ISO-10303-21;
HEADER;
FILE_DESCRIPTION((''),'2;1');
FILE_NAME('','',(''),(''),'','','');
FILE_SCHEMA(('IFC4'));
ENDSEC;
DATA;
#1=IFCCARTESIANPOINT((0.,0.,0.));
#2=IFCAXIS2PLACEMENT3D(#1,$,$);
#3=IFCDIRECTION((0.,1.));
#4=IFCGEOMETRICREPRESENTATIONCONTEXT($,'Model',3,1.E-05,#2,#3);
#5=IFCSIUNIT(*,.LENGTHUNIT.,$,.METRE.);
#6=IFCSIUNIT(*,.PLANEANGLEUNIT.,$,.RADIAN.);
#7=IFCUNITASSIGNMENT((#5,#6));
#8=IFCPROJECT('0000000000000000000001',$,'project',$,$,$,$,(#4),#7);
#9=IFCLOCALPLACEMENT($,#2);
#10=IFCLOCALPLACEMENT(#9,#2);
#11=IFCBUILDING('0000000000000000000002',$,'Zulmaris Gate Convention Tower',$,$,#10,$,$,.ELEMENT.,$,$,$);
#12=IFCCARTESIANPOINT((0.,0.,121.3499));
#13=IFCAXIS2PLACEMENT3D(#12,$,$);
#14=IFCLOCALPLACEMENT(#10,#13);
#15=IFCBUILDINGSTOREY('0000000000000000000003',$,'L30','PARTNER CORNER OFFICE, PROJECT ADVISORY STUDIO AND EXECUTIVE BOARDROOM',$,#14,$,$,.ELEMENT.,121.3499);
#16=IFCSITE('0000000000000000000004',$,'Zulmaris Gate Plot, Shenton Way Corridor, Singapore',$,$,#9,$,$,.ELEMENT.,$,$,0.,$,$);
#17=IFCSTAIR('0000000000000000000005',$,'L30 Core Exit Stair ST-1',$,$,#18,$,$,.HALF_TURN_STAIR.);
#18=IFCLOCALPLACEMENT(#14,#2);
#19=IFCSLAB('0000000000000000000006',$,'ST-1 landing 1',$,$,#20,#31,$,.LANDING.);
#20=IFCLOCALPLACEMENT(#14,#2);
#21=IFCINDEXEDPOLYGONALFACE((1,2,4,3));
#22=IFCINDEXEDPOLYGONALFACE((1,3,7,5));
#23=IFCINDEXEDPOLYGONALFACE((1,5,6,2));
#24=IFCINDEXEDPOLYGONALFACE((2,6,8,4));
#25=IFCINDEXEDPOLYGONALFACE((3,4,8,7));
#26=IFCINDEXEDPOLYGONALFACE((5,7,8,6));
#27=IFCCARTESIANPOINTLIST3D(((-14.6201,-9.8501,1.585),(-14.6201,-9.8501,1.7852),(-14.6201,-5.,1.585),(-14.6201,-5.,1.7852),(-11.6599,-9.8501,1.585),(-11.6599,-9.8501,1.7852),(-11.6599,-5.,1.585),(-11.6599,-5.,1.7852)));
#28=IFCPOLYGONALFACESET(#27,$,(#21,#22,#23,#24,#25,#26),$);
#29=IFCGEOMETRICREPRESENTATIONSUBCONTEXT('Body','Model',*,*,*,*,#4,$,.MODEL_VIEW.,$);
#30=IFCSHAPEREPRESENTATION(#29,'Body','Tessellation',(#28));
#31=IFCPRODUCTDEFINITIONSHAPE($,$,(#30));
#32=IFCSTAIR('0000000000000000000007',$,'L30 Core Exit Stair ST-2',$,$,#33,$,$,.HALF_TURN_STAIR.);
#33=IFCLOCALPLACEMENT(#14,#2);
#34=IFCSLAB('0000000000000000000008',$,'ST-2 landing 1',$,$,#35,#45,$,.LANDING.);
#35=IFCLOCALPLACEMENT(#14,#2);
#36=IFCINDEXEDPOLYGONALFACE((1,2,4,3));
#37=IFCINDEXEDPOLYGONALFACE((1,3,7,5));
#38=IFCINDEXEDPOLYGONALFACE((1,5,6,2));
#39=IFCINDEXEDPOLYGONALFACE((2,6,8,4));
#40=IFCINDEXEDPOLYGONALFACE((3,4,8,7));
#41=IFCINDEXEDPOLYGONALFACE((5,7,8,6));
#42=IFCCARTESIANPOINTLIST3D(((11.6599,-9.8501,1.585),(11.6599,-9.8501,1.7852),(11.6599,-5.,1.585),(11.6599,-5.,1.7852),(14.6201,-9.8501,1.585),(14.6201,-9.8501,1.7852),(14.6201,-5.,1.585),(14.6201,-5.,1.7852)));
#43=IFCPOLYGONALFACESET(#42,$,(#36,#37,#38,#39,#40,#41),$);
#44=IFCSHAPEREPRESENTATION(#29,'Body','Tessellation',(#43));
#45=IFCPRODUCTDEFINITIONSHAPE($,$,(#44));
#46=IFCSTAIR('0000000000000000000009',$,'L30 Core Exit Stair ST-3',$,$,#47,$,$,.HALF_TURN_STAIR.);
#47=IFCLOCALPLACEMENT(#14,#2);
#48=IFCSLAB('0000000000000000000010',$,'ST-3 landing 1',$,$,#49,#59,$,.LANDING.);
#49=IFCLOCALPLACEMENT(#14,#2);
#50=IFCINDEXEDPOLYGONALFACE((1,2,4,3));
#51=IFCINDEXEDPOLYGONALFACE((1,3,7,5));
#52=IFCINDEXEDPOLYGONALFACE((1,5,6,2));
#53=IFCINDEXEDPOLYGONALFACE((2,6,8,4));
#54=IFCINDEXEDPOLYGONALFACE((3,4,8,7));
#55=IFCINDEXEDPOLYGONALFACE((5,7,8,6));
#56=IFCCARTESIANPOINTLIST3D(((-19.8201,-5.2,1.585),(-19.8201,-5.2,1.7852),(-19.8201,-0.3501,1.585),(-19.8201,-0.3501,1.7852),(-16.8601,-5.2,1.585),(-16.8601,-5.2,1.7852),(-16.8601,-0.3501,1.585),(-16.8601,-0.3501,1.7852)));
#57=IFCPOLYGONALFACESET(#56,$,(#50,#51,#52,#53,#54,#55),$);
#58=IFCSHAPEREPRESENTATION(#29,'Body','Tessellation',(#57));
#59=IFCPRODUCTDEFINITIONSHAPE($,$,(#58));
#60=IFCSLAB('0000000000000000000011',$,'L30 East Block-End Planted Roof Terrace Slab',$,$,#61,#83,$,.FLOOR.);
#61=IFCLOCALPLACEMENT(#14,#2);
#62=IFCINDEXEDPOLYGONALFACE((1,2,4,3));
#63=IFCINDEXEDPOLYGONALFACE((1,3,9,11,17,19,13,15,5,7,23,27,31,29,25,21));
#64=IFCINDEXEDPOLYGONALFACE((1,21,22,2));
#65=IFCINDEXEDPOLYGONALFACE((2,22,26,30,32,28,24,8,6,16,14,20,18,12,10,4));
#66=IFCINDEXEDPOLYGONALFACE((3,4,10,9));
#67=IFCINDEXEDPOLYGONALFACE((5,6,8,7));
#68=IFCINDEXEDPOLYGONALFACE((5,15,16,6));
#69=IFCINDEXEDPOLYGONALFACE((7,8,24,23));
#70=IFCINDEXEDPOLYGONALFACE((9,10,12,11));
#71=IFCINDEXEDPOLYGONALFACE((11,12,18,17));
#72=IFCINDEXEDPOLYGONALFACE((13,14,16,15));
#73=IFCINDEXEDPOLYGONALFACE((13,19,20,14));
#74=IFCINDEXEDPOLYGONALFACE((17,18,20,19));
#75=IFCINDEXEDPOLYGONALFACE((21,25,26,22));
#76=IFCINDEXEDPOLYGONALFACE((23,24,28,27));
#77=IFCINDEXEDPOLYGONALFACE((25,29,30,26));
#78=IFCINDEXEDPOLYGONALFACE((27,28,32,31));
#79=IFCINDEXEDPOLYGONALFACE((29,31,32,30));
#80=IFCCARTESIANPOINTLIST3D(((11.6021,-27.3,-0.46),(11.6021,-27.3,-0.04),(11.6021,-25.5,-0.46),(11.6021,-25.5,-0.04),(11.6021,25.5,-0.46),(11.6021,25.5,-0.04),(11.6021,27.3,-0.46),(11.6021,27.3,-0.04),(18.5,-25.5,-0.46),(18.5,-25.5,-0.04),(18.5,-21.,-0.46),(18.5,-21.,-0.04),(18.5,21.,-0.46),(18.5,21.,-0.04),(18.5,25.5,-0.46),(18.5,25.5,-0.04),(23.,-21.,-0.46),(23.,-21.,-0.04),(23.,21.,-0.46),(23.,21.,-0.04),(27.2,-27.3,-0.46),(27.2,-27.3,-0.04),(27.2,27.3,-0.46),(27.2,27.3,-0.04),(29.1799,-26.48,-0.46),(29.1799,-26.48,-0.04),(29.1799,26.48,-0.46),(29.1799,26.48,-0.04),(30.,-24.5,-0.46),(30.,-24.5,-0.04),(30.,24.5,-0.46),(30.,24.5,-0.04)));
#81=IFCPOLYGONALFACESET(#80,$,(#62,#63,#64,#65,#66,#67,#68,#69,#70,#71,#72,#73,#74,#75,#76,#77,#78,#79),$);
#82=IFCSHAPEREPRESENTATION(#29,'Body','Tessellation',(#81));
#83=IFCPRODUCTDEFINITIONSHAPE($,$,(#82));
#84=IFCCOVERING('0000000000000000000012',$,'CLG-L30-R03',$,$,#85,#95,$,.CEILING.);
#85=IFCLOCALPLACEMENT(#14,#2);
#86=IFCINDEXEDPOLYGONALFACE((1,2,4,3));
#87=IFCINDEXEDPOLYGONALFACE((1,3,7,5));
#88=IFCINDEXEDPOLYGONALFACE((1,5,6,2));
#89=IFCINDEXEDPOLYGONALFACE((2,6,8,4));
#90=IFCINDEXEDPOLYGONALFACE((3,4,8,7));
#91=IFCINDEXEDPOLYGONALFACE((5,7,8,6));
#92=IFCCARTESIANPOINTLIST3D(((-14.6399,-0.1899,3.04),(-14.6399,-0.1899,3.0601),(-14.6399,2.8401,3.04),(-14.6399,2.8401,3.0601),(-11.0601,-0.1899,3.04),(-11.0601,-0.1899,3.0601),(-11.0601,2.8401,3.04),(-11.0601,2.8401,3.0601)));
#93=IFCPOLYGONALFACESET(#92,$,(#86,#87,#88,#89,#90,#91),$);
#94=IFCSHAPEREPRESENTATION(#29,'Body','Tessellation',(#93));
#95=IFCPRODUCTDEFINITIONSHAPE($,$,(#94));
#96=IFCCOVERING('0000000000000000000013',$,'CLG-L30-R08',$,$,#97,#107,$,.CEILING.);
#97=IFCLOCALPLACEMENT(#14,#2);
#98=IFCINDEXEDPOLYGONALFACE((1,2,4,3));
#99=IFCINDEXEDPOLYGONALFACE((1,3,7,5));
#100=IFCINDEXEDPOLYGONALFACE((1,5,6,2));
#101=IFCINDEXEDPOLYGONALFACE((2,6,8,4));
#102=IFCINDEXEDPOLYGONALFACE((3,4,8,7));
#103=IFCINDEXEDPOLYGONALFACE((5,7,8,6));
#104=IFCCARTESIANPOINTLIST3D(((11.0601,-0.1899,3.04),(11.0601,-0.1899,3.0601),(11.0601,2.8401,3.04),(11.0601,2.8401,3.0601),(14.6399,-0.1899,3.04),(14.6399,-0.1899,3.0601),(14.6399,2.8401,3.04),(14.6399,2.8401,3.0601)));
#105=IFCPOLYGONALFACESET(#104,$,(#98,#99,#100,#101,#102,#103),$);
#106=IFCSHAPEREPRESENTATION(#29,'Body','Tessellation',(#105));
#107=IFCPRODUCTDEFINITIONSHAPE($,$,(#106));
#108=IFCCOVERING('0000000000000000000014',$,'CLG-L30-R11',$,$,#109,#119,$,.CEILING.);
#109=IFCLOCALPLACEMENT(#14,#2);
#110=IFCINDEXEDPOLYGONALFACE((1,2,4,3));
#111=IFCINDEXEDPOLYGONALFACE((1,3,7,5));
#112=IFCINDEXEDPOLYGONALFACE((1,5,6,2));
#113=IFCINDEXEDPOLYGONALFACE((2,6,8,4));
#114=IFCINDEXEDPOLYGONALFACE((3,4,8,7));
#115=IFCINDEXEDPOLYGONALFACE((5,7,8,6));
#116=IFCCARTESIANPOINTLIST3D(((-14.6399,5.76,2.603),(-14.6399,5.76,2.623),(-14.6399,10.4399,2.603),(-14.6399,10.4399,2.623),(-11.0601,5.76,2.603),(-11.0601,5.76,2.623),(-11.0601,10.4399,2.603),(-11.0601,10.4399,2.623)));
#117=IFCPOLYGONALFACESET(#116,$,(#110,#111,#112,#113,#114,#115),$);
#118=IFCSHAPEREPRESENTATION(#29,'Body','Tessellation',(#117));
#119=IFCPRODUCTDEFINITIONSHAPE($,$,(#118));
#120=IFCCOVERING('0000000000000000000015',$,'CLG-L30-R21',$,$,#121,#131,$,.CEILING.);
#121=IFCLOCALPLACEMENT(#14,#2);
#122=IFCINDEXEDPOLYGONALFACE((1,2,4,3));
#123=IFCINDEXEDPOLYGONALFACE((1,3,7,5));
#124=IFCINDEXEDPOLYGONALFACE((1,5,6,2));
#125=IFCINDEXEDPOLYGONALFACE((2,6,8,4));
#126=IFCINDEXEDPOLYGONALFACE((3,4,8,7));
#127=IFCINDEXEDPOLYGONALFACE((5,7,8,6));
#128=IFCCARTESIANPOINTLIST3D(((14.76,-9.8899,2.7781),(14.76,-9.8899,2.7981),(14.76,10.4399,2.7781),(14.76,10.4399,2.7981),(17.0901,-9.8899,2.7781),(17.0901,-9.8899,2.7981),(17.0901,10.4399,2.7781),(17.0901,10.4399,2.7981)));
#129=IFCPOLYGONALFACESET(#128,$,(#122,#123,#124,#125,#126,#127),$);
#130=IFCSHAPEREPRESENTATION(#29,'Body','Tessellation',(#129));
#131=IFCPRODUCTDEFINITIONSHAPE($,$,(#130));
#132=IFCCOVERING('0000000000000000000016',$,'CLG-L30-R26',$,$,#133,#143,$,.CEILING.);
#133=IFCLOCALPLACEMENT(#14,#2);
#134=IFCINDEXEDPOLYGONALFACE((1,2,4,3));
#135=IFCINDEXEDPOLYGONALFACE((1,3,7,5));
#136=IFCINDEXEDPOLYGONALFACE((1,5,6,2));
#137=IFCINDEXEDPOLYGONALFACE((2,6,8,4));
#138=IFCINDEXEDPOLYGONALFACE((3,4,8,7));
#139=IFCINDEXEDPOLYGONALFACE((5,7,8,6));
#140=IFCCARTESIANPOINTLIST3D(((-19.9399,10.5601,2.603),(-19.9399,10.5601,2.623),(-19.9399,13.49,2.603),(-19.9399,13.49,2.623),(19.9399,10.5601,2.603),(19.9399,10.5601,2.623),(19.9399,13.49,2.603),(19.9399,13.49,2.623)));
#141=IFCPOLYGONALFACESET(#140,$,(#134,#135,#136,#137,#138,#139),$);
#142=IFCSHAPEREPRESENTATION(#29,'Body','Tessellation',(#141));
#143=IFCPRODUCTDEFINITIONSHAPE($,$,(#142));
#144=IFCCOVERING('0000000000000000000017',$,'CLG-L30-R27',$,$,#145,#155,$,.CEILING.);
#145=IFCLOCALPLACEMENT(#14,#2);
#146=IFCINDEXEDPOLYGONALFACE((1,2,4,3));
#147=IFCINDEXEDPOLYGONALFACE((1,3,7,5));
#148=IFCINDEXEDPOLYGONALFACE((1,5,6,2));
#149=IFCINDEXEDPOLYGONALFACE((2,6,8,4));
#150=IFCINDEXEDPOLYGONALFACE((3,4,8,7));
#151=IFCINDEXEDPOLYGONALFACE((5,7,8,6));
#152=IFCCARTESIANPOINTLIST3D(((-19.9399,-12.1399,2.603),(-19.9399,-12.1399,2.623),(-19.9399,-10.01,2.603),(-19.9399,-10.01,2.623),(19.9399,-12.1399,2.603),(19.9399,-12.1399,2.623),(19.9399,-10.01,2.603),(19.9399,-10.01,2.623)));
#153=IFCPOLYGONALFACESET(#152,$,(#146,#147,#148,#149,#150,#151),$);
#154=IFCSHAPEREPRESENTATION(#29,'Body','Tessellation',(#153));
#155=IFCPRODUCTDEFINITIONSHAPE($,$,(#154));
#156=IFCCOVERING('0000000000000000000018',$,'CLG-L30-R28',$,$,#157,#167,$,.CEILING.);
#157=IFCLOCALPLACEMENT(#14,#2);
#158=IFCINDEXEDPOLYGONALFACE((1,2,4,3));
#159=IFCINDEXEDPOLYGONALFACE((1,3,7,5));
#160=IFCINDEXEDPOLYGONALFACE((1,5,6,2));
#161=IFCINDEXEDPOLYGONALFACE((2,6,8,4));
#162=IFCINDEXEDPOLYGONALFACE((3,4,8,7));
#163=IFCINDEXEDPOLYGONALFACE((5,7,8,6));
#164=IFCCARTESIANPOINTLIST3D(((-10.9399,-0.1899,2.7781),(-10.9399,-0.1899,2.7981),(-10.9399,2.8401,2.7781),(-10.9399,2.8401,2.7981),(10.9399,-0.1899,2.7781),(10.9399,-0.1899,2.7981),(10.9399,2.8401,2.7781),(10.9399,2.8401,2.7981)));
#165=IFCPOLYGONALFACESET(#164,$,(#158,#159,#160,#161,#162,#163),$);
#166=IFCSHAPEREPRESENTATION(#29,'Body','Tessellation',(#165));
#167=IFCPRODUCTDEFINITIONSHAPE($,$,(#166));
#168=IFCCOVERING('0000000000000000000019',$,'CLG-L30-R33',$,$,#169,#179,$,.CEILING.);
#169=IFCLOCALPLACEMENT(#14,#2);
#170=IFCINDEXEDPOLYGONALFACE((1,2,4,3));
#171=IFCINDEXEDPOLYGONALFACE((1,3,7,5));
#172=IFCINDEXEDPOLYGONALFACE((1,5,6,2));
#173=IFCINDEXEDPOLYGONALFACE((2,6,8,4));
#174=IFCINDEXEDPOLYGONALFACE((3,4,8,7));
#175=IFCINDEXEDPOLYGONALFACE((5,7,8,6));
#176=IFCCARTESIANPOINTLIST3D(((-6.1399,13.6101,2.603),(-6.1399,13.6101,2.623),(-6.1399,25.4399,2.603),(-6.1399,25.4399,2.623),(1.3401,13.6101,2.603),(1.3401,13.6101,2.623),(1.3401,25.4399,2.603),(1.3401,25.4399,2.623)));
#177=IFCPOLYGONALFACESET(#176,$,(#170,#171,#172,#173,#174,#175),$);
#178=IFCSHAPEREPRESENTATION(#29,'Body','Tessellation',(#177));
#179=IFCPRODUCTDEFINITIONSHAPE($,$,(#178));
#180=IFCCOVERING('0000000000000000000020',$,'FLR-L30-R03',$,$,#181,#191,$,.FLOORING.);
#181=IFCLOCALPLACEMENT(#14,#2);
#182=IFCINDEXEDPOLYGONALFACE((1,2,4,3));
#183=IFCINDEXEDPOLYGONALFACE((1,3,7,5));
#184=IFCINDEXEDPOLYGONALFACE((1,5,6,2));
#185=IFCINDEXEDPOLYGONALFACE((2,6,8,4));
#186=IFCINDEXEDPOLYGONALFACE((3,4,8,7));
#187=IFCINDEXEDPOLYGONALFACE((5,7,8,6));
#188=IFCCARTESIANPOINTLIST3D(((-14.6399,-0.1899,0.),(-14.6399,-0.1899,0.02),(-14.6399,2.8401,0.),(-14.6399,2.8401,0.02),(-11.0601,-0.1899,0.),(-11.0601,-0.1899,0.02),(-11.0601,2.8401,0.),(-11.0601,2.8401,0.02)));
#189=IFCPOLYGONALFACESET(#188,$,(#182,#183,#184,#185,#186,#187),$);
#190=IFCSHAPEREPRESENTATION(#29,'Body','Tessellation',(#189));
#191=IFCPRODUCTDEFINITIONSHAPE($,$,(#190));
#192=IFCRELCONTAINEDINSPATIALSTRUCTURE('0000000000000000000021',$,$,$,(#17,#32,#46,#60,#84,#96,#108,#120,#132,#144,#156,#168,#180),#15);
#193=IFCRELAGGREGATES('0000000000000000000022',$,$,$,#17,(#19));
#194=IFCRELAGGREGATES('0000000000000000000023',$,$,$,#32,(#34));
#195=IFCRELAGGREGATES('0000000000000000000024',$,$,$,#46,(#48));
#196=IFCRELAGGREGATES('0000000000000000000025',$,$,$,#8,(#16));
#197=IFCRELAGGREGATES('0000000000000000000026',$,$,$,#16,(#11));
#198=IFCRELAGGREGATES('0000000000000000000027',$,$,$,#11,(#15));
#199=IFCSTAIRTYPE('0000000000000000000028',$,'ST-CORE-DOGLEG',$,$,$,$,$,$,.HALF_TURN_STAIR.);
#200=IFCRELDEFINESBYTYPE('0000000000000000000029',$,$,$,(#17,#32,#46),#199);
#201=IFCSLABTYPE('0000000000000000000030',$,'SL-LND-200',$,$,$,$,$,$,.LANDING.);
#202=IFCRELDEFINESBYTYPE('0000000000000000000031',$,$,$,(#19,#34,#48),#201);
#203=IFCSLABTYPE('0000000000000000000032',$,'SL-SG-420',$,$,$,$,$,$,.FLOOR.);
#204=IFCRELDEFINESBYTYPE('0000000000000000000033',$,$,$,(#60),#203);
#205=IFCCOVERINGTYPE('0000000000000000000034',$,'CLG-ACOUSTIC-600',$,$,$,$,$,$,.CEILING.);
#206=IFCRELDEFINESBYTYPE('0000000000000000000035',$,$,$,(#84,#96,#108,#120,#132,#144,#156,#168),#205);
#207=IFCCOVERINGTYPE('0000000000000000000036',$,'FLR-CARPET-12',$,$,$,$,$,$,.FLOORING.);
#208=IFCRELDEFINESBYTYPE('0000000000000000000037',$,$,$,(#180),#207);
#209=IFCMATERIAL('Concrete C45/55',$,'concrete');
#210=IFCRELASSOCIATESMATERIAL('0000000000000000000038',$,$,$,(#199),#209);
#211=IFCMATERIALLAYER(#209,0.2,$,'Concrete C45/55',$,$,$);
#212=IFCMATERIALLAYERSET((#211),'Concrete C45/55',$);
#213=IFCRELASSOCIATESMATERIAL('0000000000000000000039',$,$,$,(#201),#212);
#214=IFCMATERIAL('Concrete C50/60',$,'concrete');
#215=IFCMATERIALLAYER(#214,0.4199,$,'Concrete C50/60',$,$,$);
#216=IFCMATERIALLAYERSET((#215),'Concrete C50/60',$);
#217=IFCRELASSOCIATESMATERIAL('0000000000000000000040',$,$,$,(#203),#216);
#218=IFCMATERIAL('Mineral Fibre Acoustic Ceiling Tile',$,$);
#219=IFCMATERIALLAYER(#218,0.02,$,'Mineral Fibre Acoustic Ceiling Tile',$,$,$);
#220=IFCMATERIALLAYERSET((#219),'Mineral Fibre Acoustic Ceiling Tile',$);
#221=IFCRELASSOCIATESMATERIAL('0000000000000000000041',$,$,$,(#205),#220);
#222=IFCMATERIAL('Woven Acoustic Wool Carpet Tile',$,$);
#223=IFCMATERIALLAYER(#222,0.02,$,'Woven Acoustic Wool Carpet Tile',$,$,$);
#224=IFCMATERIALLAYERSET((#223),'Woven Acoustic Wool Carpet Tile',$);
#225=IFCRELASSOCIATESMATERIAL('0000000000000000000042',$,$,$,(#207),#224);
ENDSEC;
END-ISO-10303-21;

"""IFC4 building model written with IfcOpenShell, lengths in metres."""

from ifc_helpers import new_model, si_unit, direction, frame, origin, place, context, subcontext, project, spatial, polyline, outline, extrude, material, layer, layer_set, type_object, element, aggregate, save


model = new_model("IFC4")

# Units and contexts
model_context = context("Model", 3, precision=1e-05, world=origin(), true_north=direction((0.0, 1.0)))
body_context = subcontext(model_context, "Body", "Model", "MODEL_VIEW")
ifc_project = project(units=[si_unit("LENGTHUNIT", "METRE"), si_unit("PLANEANGLEUNIT", "RADIAN")], contexts=[model_context])

# Site, building, storey
site_placement = place(None, origin())
site = spatial("IfcSite", under=ifc_project, at=site_placement, Name="Zulmaris Gate Plot, Shenton Way Corridor, Singapore", CompositionType="ELEMENT", RefElevation=0.0)
building_placement = place(site_placement, origin())
building = spatial("IfcBuilding", under=site, at=building_placement, Name="Zulmaris Gate Convention Tower", CompositionType="ELEMENT")
storey_placement = place(building_placement, frame((0.0, 0.0, 121.3499)))
storey = spatial("IfcBuildingStorey", under=building, at=storey_placement, Name="L30", Description="PARTNER CORNER OFFICE, PROJECT ADVISORY STUDIO AND EXECUTIVE BOARDROOM", CompositionType="ELEMENT", Elevation=121.3499)

# Stairs, slabs
ifc_material_1 = material(Name="Concrete C45/55", Category="concrete")
stair_type = type_object("IfcStairType", Name="ST-CORE-DOGLEG", PredefinedType="HALF_TURN_STAIR", material=ifc_material_1)
stair_1_placement = place(storey_placement, origin())
stair_1 = element("IfcStair", 1, at=stair_1_placement, inside=storey, type_object=stair_type, Name="L30 Core Exit Stair ST-1", PredefinedType="HALF_TURN_STAIR")
ifc_layer_1 = layer(ifc_material_1, 0.2, Name="Concrete C45/55")
ifc_layer_set_1 = layer_set([ifc_layer_1], Name="Concrete C45/55")
slab_type_1 = type_object("IfcSlabType", Name="SL-LND-200", PredefinedType="LANDING", material=ifc_layer_set_1)
slab_1_placement = place(storey_placement, frame((0.0, 0.0, 1.585)))
slab_1 = element("IfcSlab", 2, at=slab_1_placement, type_object=slab_type_1, Name="ST-1 landing 1", PredefinedType="LANDING", context=body_context, shape_type="SweptSolid", body=[
    extrude(outline(polyline([(-14.6201, -5.0), (-14.6201, -9.8501), (-11.6599, -9.8501), (-11.6599, -5.0), (-14.6201, -5.0)])), origin(), (0.0, 0.0, 1.0), 0.2002),
])
aggregate(stair_1, [slab_1])
stair_2_placement = place(storey_placement, origin())
stair_2 = element("IfcStair", 3, at=stair_2_placement, inside=storey, type_object=stair_type, Name="L30 Core Exit Stair ST-2", PredefinedType="HALF_TURN_STAIR")
slab_2_placement = place(storey_placement, frame((0.0, 0.0, 1.585)))
slab_2 = element("IfcSlab", 4, at=slab_2_placement, type_object=slab_type_1, Name="ST-2 landing 1", PredefinedType="LANDING", context=body_context, shape_type="SweptSolid", body=[
    extrude(outline(polyline([(11.6599, -5.0), (11.6599, -9.8501), (14.6201, -9.8501), (14.6201, -5.0), (11.6599, -5.0)])), origin(), (0.0, 0.0, 1.0), 0.2002),
])
aggregate(stair_2, [slab_2])
stair_3_placement = place(storey_placement, origin())
stair_3 = element("IfcStair", 5, at=stair_3_placement, inside=storey, type_object=stair_type, Name="L30 Core Exit Stair ST-3", PredefinedType="HALF_TURN_STAIR")
slab_3_placement = place(storey_placement, frame((0.0, 0.0, 1.585)))
slab_3 = element("IfcSlab", 6, at=slab_3_placement, type_object=slab_type_1, Name="ST-3 landing 1", PredefinedType="LANDING", context=body_context, shape_type="SweptSolid", body=[
    extrude(outline(polyline([(-16.8601, -5.2), (-16.8601, -0.3501), (-19.8201, -0.3501), (-19.8201, -5.2), (-16.8601, -5.2)])), origin(), (0.0, 0.0, 1.0), 0.2002),
])
aggregate(stair_3, [slab_3])

# Slab
ifc_material_2 = material(Name="Concrete C50/60", Category="concrete")
ifc_layer_2 = layer(ifc_material_2, 0.4199, Name="Concrete C50/60")
ifc_layer_set_2 = layer_set([ifc_layer_2], Name="Concrete C50/60")
slab_type_2 = type_object("IfcSlabType", Name="SL-SG-420", PredefinedType="FLOOR", material=ifc_layer_set_2)
slab_4_placement = place(storey_placement, frame((0.0, 0.0, -0.46)))
element("IfcSlab", 7, at=slab_4_placement, inside=storey, type_object=slab_type_2, Name="L30 East Block-End Planted Roof Terrace Slab", PredefinedType="FLOOR", context=body_context, shape_type="SweptSolid", body=[
    extrude(outline(polyline([(27.2, 27.3), (29.1799, 26.48), (30.0, 24.5), (30.0, -24.5), (29.1799, -26.48), (27.2, -27.3), (11.6021, -27.3), (11.6021, -25.5), (18.5, -25.5), (18.5, -21.0), (23.0, -21.0), (23.0, 21.0), (18.5, 21.0), (18.5, 25.5), (11.6021, 25.5), (11.6021, 27.3), (27.2, 27.3)])), origin(), (0.0, 0.0, 1.0), 0.4199),
])

# Coverings
ifc_material_3 = material(Name="Mineral Fibre Acoustic Ceiling Tile")
ifc_layer_3 = layer(ifc_material_3, 0.02, Name="Mineral Fibre Acoustic Ceiling Tile")
ifc_layer_set_3 = layer_set([ifc_layer_3], Name="Mineral Fibre Acoustic Ceiling Tile")
covering_type_1 = type_object("IfcCoveringType", Name="CLG-ACOUSTIC-600", PredefinedType="CEILING", material=ifc_layer_set_3)
covering_1_placement = place(storey_placement, frame((0.0, 0.0, 3.04)))
element("IfcCovering", 8, at=covering_1_placement, inside=storey, type_object=covering_type_1, Name="CLG-L30-R03", PredefinedType="CEILING", context=body_context, shape_type="SweptSolid", body=[
    extrude(outline(polyline([(-14.6399, -0.1899), (-11.0601, -0.1899), (-11.0601, 2.8401), (-14.6399, 2.8401), (-14.6399, -0.1899)])), origin(), (0.0, 0.0, 1.0), 0.02),
])
covering_2_placement = place(storey_placement, frame((0.0, 0.0, 3.04)))
element("IfcCovering", 9, at=covering_2_placement, inside=storey, type_object=covering_type_1, Name="CLG-L30-R08", PredefinedType="CEILING", context=body_context, shape_type="SweptSolid", body=[
    extrude(outline(polyline([(11.0601, -0.1899), (14.6399, -0.1899), (14.6399, 2.8401), (11.0601, 2.8401), (11.0601, -0.1899)])), origin(), (0.0, 0.0, 1.0), 0.02),
])
covering_3_placement = place(storey_placement, frame((0.0, 0.0, 2.603)))
element("IfcCovering", 10, at=covering_3_placement, inside=storey, type_object=covering_type_1, Name="CLG-L30-R11", PredefinedType="CEILING", context=body_context, shape_type="SweptSolid", body=[
    extrude(outline(polyline([(-14.6399, 5.76), (-11.0601, 5.76), (-11.0601, 10.4399), (-14.6399, 10.4399), (-14.6399, 5.76)])), origin(), (0.0, 0.0, 1.0), 0.02),
])
covering_4_placement = place(storey_placement, frame((0.0, 0.0, 2.7781)))
element("IfcCovering", 11, at=covering_4_placement, inside=storey, type_object=covering_type_1, Name="CLG-L30-R21", PredefinedType="CEILING", context=body_context, shape_type="SweptSolid", body=[
    extrude(outline(polyline([(14.76, -9.8899), (17.0901, -9.8899), (17.0901, 10.4399), (14.76, 10.4399), (14.76, -9.8899)])), origin(), (0.0, 0.0, 1.0), 0.02),
])
covering_5_placement = place(storey_placement, frame((0.0, 0.0, 2.603)))
element("IfcCovering", 12, at=covering_5_placement, inside=storey, type_object=covering_type_1, Name="CLG-L30-R26", PredefinedType="CEILING", context=body_context, shape_type="SweptSolid", body=[
    extrude(outline(polyline([(-19.9399, 10.5601), (19.9399, 10.5601), (19.9399, 13.49), (-19.9399, 13.49), (-19.9399, 10.5601)])), origin(), (0.0, 0.0, 1.0), 0.02),
])
covering_6_placement = place(storey_placement, frame((0.0, 0.0, 2.603)))
element("IfcCovering", 13, at=covering_6_placement, inside=storey, type_object=covering_type_1, Name="CLG-L30-R27", PredefinedType="CEILING", context=body_context, shape_type="SweptSolid", body=[
    extrude(outline(polyline([(-19.9399, -12.1399), (19.9399, -12.1399), (19.9399, -10.01), (-19.9399, -10.01), (-19.9399, -12.1399)])), origin(), (0.0, 0.0, 1.0), 0.02),
])
covering_7_placement = place(storey_placement, frame((0.0, 0.0, 2.7781)))
element("IfcCovering", 14, at=covering_7_placement, inside=storey, type_object=covering_type_1, Name="CLG-L30-R28", PredefinedType="CEILING", context=body_context, shape_type="SweptSolid", body=[
    extrude(outline(polyline([(-10.9399, -0.1899), (10.9399, -0.1899), (10.9399, 2.8401), (-10.9399, 2.8401), (-10.9399, -0.1899)])), origin(), (0.0, 0.0, 1.0), 0.02),
])
covering_8_placement = place(storey_placement, frame((0.0, 0.0, 2.603)))
element("IfcCovering", 15, at=covering_8_placement, inside=storey, type_object=covering_type_1, Name="CLG-L30-R33", PredefinedType="CEILING", context=body_context, shape_type="SweptSolid", body=[
    extrude(outline(polyline([(-6.1399, 13.6101), (1.3401, 13.6101), (1.3401, 25.4399), (-6.1399, 25.4399), (-6.1399, 13.6101)])), origin(), (0.0, 0.0, 1.0), 0.02),
])
ifc_material_4 = material(Name="Woven Acoustic Wool Carpet Tile")
ifc_layer_4 = layer(ifc_material_4, 0.02, Name="Woven Acoustic Wool Carpet Tile")
ifc_layer_set_4 = layer_set([ifc_layer_4], Name="Woven Acoustic Wool Carpet Tile")
covering_type_2 = type_object("IfcCoveringType", Name="FLR-CARPET-12", PredefinedType="FLOORING", material=ifc_layer_set_4)
covering_9_placement = place(storey_placement, origin())
element("IfcCovering", 16, at=covering_9_placement, inside=storey, type_object=covering_type_2, Name="FLR-L30-R03", PredefinedType="FLOORING", context=body_context, shape_type="SweptSolid", body=[
    extrude(outline(polyline([(-14.6399, -0.1899), (-11.0601, -0.1899), (-11.0601, 2.8401), (-14.6399, 2.8401), (-14.6399, -0.1899)])), origin(), (0.0, 0.0, 1.0), 0.02),
])

save(model, "model.ifc")
